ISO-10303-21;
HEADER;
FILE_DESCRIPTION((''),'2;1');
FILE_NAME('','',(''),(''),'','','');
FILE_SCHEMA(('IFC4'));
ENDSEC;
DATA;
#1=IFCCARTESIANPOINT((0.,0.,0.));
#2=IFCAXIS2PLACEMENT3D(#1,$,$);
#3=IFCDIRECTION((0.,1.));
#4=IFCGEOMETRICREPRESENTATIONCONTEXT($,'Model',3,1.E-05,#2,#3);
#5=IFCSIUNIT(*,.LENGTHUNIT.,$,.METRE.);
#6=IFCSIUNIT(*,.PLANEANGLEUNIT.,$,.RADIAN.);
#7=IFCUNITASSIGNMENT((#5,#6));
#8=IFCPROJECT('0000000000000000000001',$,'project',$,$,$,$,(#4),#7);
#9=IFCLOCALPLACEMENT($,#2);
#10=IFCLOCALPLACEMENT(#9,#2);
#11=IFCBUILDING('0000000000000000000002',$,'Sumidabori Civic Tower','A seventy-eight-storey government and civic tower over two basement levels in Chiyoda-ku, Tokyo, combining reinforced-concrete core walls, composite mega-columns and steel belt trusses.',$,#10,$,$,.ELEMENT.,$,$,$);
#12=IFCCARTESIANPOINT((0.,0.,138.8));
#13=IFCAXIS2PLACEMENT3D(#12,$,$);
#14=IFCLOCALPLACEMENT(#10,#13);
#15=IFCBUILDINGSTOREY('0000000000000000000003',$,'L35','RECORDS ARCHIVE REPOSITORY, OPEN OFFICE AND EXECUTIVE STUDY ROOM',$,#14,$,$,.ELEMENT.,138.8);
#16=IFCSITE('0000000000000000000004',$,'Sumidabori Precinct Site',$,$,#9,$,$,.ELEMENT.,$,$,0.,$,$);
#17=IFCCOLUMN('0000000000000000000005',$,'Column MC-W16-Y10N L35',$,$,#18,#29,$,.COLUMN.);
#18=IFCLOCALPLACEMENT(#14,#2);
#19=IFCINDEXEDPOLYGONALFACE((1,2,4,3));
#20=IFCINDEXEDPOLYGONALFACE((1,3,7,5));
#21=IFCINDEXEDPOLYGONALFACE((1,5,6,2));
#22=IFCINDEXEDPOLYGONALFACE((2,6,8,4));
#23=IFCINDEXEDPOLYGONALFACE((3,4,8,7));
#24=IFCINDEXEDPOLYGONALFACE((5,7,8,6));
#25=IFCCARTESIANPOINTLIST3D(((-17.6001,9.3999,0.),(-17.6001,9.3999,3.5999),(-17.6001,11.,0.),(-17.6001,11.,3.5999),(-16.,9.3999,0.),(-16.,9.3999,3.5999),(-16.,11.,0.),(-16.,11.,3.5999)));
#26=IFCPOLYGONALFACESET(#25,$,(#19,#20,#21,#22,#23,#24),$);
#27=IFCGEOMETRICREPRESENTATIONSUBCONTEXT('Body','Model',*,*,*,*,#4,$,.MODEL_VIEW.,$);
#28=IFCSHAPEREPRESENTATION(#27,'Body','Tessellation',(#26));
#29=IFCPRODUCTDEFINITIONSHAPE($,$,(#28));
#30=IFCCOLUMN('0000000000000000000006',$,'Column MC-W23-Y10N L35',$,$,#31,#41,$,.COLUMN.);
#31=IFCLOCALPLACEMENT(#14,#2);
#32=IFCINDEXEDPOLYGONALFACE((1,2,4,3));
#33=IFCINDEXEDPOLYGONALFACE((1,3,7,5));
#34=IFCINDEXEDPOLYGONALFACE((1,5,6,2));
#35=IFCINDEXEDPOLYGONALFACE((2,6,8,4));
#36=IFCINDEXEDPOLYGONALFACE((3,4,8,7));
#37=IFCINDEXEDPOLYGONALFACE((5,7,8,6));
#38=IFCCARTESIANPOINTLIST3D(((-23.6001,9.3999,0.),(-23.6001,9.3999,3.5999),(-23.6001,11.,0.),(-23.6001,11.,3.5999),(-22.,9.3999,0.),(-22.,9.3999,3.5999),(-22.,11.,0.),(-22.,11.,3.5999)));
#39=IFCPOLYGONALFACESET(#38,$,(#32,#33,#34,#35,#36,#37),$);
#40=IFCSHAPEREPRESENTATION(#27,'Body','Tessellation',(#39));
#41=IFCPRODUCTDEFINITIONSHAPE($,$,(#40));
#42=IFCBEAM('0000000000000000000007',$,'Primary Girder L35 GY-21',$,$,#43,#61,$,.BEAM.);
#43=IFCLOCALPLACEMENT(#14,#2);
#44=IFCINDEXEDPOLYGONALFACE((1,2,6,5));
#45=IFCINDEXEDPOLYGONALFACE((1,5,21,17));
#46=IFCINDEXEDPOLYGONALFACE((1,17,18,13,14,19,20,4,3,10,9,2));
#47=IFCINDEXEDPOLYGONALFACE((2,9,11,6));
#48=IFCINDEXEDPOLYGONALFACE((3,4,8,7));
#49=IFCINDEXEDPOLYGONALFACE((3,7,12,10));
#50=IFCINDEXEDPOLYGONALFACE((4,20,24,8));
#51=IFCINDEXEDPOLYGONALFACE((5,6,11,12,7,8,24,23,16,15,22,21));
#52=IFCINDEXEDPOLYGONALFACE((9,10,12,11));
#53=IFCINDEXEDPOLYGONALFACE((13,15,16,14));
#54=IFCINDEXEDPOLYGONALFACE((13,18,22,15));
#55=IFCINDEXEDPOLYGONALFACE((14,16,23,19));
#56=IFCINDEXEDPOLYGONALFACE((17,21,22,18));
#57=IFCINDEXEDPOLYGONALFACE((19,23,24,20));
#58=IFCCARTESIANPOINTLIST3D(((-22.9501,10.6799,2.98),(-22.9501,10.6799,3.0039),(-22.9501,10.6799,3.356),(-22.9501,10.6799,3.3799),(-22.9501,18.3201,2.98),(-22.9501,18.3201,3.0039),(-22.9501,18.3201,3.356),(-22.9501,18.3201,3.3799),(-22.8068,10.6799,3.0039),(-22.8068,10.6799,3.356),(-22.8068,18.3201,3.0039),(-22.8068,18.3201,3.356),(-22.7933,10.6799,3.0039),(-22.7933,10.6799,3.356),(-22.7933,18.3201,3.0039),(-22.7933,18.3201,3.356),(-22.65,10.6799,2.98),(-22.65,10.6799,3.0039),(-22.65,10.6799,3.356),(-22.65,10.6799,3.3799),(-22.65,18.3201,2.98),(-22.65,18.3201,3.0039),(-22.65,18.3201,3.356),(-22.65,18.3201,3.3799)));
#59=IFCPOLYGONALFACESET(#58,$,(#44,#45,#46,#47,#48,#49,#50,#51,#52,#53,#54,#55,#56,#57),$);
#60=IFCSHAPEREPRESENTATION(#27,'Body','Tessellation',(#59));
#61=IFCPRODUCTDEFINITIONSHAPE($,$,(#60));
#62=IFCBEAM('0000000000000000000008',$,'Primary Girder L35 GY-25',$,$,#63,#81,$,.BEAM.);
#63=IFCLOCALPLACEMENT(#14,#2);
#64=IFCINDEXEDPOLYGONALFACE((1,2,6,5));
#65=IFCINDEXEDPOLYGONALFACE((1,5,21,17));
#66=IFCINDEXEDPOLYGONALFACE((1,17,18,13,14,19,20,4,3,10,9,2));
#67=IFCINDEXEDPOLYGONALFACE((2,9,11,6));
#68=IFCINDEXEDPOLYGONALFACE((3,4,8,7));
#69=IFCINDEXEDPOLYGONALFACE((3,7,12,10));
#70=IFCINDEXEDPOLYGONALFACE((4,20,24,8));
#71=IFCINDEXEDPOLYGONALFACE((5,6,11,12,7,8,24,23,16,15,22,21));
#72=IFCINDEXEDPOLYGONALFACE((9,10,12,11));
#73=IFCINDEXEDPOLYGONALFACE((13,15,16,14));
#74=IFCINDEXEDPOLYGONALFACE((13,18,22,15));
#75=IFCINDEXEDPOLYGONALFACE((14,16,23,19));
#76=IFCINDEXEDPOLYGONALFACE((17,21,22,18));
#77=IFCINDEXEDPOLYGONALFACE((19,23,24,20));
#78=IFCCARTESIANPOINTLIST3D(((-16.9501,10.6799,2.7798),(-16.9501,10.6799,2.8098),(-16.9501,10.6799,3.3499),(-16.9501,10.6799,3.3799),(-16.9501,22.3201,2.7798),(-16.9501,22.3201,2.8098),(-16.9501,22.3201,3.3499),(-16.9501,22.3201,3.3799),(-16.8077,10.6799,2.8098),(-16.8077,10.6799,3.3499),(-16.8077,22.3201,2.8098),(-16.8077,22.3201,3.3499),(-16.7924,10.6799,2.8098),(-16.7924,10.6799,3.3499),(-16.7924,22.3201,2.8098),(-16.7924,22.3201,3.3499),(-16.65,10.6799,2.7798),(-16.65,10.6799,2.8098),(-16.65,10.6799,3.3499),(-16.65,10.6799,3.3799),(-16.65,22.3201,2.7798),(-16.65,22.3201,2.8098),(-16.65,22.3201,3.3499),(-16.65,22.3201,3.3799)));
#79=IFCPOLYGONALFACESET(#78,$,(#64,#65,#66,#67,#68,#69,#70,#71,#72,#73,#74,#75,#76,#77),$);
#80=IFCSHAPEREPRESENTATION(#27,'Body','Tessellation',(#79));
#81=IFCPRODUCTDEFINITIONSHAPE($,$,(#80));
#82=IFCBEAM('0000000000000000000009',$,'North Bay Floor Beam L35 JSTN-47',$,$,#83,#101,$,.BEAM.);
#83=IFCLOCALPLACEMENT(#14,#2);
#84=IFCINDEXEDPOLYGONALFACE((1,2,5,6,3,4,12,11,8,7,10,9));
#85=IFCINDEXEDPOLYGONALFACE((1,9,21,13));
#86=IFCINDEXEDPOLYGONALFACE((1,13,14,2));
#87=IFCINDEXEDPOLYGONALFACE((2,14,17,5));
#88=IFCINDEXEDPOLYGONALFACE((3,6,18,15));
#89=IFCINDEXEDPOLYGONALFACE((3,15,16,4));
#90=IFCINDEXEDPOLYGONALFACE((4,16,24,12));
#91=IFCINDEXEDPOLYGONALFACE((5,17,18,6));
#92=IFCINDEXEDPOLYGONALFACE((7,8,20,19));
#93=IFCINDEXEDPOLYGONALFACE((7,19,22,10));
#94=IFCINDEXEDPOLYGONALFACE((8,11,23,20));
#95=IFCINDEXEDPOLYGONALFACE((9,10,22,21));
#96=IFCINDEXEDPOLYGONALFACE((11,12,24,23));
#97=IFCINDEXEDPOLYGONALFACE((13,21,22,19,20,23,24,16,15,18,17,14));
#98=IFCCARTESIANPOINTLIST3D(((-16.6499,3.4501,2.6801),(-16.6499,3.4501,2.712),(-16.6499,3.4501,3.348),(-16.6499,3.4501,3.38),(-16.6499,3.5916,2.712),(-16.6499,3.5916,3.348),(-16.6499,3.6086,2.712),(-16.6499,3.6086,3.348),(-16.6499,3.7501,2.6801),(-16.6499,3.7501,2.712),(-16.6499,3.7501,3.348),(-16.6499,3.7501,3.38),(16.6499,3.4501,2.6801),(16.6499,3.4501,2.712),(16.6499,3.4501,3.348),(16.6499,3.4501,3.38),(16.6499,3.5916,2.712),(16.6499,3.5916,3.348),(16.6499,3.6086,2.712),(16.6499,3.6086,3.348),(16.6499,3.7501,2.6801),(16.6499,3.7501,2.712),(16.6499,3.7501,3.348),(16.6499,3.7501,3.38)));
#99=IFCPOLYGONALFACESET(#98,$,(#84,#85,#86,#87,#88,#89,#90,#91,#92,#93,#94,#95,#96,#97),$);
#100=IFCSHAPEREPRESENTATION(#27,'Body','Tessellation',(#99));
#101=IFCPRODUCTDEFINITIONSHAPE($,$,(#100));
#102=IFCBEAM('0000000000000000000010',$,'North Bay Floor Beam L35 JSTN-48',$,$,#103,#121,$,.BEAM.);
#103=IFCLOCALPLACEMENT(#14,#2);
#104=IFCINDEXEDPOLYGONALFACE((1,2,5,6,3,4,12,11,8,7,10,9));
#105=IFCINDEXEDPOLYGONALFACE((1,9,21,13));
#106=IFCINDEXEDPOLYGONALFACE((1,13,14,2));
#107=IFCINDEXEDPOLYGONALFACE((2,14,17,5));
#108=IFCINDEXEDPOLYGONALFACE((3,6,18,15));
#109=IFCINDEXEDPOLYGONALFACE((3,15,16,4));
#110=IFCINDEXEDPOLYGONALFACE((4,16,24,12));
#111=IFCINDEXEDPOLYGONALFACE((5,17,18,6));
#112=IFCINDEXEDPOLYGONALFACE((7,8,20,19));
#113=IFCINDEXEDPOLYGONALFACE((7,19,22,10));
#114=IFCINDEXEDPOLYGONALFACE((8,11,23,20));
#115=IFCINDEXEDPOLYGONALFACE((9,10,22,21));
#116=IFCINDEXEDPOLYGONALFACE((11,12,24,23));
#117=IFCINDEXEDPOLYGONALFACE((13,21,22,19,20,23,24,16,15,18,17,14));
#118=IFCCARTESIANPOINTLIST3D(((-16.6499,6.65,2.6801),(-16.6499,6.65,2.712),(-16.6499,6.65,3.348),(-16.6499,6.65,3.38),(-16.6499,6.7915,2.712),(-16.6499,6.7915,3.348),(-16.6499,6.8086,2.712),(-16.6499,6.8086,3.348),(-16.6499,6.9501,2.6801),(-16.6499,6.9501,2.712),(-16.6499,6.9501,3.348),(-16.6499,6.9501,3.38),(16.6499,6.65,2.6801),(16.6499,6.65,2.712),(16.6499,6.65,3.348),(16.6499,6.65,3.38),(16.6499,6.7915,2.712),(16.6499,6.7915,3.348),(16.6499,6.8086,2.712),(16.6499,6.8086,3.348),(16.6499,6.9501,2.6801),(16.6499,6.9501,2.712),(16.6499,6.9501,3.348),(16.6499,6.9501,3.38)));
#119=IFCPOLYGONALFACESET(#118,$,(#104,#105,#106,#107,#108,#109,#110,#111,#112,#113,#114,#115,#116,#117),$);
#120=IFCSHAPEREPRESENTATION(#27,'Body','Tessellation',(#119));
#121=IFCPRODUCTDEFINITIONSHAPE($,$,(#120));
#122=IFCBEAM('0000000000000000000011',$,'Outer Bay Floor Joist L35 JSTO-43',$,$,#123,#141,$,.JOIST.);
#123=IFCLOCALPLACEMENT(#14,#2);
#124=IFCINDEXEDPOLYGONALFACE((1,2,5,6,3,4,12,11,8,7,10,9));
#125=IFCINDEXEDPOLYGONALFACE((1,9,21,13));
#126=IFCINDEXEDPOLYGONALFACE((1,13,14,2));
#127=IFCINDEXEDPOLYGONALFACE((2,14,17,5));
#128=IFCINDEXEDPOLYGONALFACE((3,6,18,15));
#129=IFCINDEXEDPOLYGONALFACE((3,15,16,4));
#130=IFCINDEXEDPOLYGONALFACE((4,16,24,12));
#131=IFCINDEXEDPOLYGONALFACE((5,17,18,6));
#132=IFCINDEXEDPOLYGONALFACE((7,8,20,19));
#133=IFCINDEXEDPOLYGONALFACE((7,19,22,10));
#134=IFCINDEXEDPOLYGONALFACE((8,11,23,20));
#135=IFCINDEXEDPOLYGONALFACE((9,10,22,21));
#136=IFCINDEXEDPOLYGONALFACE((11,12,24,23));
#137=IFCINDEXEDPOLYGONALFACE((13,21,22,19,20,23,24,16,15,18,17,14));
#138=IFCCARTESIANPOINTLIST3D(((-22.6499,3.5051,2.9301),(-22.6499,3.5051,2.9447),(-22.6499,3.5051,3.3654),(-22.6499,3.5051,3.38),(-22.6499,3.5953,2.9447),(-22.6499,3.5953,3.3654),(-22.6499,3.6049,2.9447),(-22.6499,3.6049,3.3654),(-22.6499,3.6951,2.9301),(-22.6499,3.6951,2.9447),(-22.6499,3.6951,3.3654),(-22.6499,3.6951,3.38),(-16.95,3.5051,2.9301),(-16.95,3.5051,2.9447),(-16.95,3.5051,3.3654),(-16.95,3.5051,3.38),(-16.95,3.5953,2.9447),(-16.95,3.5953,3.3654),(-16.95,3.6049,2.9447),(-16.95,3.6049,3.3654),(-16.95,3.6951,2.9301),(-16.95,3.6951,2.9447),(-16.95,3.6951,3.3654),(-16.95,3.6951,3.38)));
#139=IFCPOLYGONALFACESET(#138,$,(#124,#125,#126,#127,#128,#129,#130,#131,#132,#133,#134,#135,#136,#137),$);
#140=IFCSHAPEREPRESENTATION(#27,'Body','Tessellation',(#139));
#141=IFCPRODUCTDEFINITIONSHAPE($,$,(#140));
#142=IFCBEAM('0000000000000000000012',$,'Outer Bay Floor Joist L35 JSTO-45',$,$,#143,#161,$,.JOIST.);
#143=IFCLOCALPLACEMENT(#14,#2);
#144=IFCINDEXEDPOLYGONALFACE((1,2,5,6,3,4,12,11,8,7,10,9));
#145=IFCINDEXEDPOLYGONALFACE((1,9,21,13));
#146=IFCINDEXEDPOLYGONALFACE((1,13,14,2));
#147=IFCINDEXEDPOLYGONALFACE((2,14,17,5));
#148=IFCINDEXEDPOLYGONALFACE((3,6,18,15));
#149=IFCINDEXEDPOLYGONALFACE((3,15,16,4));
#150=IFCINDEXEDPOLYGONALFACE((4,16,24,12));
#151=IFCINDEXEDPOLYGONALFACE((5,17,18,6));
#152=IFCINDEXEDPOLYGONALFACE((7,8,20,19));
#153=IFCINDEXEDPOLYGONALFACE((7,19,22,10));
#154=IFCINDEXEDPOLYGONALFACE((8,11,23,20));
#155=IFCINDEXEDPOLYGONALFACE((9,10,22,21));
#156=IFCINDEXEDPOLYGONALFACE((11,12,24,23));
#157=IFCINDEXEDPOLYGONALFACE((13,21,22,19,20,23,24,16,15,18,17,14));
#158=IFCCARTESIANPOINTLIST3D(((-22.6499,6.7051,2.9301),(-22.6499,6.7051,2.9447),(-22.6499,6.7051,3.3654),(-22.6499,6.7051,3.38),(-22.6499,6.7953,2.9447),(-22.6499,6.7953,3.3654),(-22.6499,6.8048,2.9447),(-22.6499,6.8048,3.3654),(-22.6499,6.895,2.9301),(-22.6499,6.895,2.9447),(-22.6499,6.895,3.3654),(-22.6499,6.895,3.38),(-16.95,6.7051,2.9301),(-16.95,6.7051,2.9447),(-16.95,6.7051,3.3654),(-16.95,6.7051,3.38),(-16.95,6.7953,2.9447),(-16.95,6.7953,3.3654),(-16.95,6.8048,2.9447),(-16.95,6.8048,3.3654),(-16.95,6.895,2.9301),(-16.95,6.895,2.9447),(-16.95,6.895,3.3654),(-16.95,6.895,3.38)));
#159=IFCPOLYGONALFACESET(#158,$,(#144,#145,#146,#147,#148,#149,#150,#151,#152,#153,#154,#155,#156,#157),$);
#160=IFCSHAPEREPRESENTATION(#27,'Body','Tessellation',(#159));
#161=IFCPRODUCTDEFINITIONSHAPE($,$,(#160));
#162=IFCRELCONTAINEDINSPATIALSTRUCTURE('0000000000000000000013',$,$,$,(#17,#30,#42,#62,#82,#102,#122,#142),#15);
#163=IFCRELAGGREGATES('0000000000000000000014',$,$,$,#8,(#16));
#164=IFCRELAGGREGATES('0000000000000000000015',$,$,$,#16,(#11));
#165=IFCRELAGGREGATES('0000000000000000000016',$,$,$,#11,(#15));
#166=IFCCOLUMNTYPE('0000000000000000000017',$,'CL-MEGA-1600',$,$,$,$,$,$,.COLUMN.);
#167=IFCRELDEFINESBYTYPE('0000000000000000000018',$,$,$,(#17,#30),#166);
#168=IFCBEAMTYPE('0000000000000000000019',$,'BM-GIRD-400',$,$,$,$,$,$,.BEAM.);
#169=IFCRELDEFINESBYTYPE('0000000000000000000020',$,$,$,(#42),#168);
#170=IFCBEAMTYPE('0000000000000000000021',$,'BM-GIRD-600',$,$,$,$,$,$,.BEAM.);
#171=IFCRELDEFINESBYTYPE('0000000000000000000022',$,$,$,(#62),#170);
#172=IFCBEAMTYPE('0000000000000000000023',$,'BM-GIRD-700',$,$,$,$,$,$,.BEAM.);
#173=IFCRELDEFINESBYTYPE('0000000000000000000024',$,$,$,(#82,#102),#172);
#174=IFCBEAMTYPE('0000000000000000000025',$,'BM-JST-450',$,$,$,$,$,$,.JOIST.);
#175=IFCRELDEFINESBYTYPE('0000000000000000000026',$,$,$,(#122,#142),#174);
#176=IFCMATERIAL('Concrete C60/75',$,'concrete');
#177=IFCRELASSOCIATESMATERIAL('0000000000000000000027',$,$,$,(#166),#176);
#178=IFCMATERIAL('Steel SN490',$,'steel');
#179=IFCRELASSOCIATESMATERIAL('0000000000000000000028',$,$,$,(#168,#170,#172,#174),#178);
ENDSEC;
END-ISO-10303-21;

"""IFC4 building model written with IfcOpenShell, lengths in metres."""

from ifc_helpers import new_model, si_unit, direction, frame, origin, origin_2d, place, context, subcontext, project, spatial, rectangle, i_section, extrude, source, transform, mapped, material, material_profile, profile_set, type_object, element, save


model = new_model("IFC4")

# Units and contexts
model_context = context("Model", 3, precision=1e-05, world=origin(), true_north=direction((0.0, 1.0)))
body_context = subcontext(model_context, "Body", "Model", "MODEL_VIEW")
ifc_project = project(units=[si_unit("LENGTHUNIT", "METRE"), si_unit("PLANEANGLEUNIT", "RADIAN")], contexts=[model_context])

# Site, building, storey
site_placement = place(None, origin())
site = spatial("IfcSite", under=ifc_project, at=site_placement, Name="Sumidabori Precinct Site", CompositionType="ELEMENT", RefElevation=0.0)
building_placement = place(site_placement, origin())
building = spatial("IfcBuilding", under=site, at=building_placement, Name="Sumidabori Civic Tower", Description="A seventy-eight-storey government and civic tower over two basement levels in Chiyoda-ku, Tokyo, combining reinforced-concrete core walls, composite mega-columns and steel belt trusses.", CompositionType="ELEMENT")
storey_placement = place(building_placement, frame((0.0, 0.0, 138.8)))
storey = spatial("IfcBuildingStorey", under=building, at=storey_placement, Name="L35", Description="RECORDS ARCHIVE REPOSITORY, OPEN OFFICE AND EXECUTIVE STUDY ROOM", CompositionType="ELEMENT", Elevation=138.8)

# Columns
ifc_material_1 = material(Name="Concrete C60/75", Category="concrete")
ifc_material_profile_1 = material_profile(ifc_material_1, rectangle(XDim=1.6001, YDim=1.6001, at=origin_2d()), Name="RC 1600x1600")
ifc_profile_set_1 = profile_set([ifc_material_profile_1], Name="Concrete C60/75")
column_type = type_object("IfcColumnType", Name="CL-MEGA-1600", PredefinedType="COLUMN", material=ifc_profile_set_1)
shared_shape_1 = source(origin(), body_context, "Body", "SweptSolid", [
    extrude(rectangle(XDim=1.6001, YDim=1.6001, at=origin_2d()), origin(), (0.0, 0.0, 1.0), 3.5999),
])
for number, where, z_axis, x_axis, name in (
    (1, (-16.8, 10.2, 0.0), (0.0, 0.0, 1.0), (1.0, 0.0, 0.0), "Column MC-W16-Y10N L35"),
    (2, (-22.8, 10.2, 0.0), (0.0, 0.0, 1.0), (1.0, 0.0, 0.0), "Column MC-W23-Y10N L35"),
):
    element("IfcColumn", number, at=place(storey_placement, frame(where, z_axis=z_axis, x_axis=x_axis)), inside=storey, type_object=column_type, Name=name, PredefinedType="COLUMN", context=body_context, shape_type="MappedRepresentation", body=[
        mapped(shared_shape_1, transform((0.0, 0.0, 0.0), x_axis=(1.0, 0.0, 0.0), y_axis=(0.0, 1.0, 0.0), z_axis=(0.0, 0.0, 1.0), scale=1.0)),
    ])

# Beams
ifc_material_2 = material(Name="Steel SN490", Category="steel")
ifc_material_profile_2 = material_profile(ifc_material_2, i_section(OverallWidth=0.3, OverallDepth=0.3999, WebThickness=0.0134, FlangeThickness=0.0239, at=origin_2d()), Name="HE 400 B")
ifc_profile_set_2 = profile_set([ifc_material_profile_2], Name="Steel SN490")
beam_type_1 = type_object("IfcBeamType", Name="BM-GIRD-400", PredefinedType="BEAM", material=ifc_profile_set_2)
shared_shape_2 = source(origin(), body_context, "Body", "SweptSolid", [
    extrude(i_section(OverallWidth=0.3, OverallDepth=0.3999, WebThickness=0.0134, FlangeThickness=0.0239, at=origin_2d()), origin(), (0.0, 0.0, 1.0), 7.6401),
])
beam_1_placement = place(storey_placement, frame((-22.8, 10.6799, 3.1799), z_axis=(0.0, 1.0, 0.0), x_axis=(-1.0, 0.0, 0.0)))
element("IfcBeam", 3, at=beam_1_placement, inside=storey, type_object=beam_type_1, Name="Primary Girder L35 GY-21", PredefinedType="BEAM", context=body_context, shape_type="MappedRepresentation", body=[
    mapped(shared_shape_2, transform((0.0, 0.0, 0.0), x_axis=(1.0, 0.0, 0.0), y_axis=(0.0, 1.0, 0.0), z_axis=(0.0, 0.0, 1.0), scale=1.0)),
])
ifc_material_profile_3 = material_profile(ifc_material_2, i_section(OverallWidth=0.3, OverallDepth=0.6001, WebThickness=0.0154, FlangeThickness=0.03, at=origin_2d()), Name="HE 600 B")
ifc_profile_set_3 = profile_set([ifc_material_profile_3], Name="Steel SN490")
beam_type_2 = type_object("IfcBeamType", Name="BM-GIRD-600", PredefinedType="BEAM", material=ifc_profile_set_3)
shared_shape_3 = source(origin(), body_context, "Body", "SweptSolid", [
    extrude(i_section(OverallWidth=0.3, OverallDepth=0.6001, WebThickness=0.0154, FlangeThickness=0.03, at=origin_2d()), origin(), (0.0, 0.0, 1.0), 11.6401),
])
beam_2_placement = place(storey_placement, frame((-16.8, 10.6799, 3.0798), z_axis=(0.0, 1.0, 0.0), x_axis=(-1.0, 0.0, 0.0)))
element("IfcBeam", 4, at=beam_2_placement, inside=storey, type_object=beam_type_2, Name="Primary Girder L35 GY-25", PredefinedType="BEAM", context=body_context, shape_type="MappedRepresentation", body=[
    mapped(shared_shape_3, transform((0.0, 0.0, 0.0), x_axis=(1.0, 0.0, 0.0), y_axis=(0.0, 1.0, 0.0), z_axis=(0.0, 0.0, 1.0), scale=1.0)),
])
ifc_material_profile_4 = material_profile(ifc_material_2, i_section(OverallWidth=0.3, OverallDepth=0.7, WebThickness=0.0171, FlangeThickness=0.032, at=origin_2d()), Name="HE 700 B")
ifc_profile_set_4 = profile_set([ifc_material_profile_4], Name="Steel SN490")
beam_type_3 = type_object("IfcBeamType", Name="BM-GIRD-700", PredefinedType="BEAM", material=ifc_profile_set_4)
shared_shape_4 = source(origin(), body_context, "Body", "SweptSolid", [
    extrude(i_section(OverallWidth=0.3, OverallDepth=0.7, WebThickness=0.0171, FlangeThickness=0.032, at=origin_2d()), origin(), (0.0, 0.0, 1.0), 33.2998),
])
for number, where, z_axis, x_axis, name in (
    (5, (-16.6499, 3.6001, 3.03), (1.0, 0.0, 0.0), (0.0, 1.0, 0.0), "North Bay Floor Beam L35 JSTN-47"),
    (6, (-16.6499, 6.8, 3.03), (1.0, 0.0, 0.0), (0.0, 1.0, 0.0), "North Bay Floor Beam L35 JSTN-48"),
):
    element("IfcBeam", number, at=place(storey_placement, frame(where, z_axis=z_axis, x_axis=x_axis)), inside=storey, type_object=beam_type_3, Name=name, PredefinedType="BEAM", context=body_context, shape_type="MappedRepresentation", body=[
        mapped(shared_shape_4, transform((0.0, 0.0, 0.0), x_axis=(1.0, 0.0, 0.0), y_axis=(0.0, 1.0, 0.0), z_axis=(0.0, 0.0, 1.0), scale=1.0)),
    ])
ifc_material_profile_5 = material_profile(ifc_material_2, i_section(OverallWidth=0.1899, OverallDepth=0.45, WebThickness=0.0095, FlangeThickness=0.0146, at=origin_2d()), Name="IPE 450")
ifc_profile_set_5 = profile_set([ifc_material_profile_5], Name="Steel SN490")
beam_type_4 = type_object("IfcBeamType", Name="BM-JST-450", PredefinedType="JOIST", material=ifc_profile_set_5)
shared_shape_5 = source(origin(), body_context, "Body", "SweptSolid", [
    extrude(i_section(OverallWidth=0.1899, OverallDepth=0.45, WebThickness=0.0095, FlangeThickness=0.0146, at=origin_2d()), origin(), (0.0, 0.0, 1.0), 5.7),
])
for number, where, z_axis, x_axis, name in (
    (7, (-22.6499, 3.6001, 3.155), (1.0, 0.0, 0.0), (0.0, 1.0, 0.0), "Outer Bay Floor Joist L35 JSTO-43"),
    (8, (-22.6499, 6.8, 3.155), (1.0, 0.0, 0.0), (0.0, 1.0, 0.0), "Outer Bay Floor Joist L35 JSTO-45"),
):
    element("IfcBeam", number, at=place(storey_placement, frame(where, z_axis=z_axis, x_axis=x_axis)), inside=storey, type_object=beam_type_4, Name=name, PredefinedType="JOIST", context=body_context, shape_type="MappedRepresentation", body=[
        mapped(shared_shape_5, transform((0.0, 0.0, 0.0), x_axis=(1.0, 0.0, 0.0), y_axis=(0.0, 1.0, 0.0), z_axis=(0.0, 0.0, 1.0), scale=1.0)),
    ])

save(model, "model.ifc")
